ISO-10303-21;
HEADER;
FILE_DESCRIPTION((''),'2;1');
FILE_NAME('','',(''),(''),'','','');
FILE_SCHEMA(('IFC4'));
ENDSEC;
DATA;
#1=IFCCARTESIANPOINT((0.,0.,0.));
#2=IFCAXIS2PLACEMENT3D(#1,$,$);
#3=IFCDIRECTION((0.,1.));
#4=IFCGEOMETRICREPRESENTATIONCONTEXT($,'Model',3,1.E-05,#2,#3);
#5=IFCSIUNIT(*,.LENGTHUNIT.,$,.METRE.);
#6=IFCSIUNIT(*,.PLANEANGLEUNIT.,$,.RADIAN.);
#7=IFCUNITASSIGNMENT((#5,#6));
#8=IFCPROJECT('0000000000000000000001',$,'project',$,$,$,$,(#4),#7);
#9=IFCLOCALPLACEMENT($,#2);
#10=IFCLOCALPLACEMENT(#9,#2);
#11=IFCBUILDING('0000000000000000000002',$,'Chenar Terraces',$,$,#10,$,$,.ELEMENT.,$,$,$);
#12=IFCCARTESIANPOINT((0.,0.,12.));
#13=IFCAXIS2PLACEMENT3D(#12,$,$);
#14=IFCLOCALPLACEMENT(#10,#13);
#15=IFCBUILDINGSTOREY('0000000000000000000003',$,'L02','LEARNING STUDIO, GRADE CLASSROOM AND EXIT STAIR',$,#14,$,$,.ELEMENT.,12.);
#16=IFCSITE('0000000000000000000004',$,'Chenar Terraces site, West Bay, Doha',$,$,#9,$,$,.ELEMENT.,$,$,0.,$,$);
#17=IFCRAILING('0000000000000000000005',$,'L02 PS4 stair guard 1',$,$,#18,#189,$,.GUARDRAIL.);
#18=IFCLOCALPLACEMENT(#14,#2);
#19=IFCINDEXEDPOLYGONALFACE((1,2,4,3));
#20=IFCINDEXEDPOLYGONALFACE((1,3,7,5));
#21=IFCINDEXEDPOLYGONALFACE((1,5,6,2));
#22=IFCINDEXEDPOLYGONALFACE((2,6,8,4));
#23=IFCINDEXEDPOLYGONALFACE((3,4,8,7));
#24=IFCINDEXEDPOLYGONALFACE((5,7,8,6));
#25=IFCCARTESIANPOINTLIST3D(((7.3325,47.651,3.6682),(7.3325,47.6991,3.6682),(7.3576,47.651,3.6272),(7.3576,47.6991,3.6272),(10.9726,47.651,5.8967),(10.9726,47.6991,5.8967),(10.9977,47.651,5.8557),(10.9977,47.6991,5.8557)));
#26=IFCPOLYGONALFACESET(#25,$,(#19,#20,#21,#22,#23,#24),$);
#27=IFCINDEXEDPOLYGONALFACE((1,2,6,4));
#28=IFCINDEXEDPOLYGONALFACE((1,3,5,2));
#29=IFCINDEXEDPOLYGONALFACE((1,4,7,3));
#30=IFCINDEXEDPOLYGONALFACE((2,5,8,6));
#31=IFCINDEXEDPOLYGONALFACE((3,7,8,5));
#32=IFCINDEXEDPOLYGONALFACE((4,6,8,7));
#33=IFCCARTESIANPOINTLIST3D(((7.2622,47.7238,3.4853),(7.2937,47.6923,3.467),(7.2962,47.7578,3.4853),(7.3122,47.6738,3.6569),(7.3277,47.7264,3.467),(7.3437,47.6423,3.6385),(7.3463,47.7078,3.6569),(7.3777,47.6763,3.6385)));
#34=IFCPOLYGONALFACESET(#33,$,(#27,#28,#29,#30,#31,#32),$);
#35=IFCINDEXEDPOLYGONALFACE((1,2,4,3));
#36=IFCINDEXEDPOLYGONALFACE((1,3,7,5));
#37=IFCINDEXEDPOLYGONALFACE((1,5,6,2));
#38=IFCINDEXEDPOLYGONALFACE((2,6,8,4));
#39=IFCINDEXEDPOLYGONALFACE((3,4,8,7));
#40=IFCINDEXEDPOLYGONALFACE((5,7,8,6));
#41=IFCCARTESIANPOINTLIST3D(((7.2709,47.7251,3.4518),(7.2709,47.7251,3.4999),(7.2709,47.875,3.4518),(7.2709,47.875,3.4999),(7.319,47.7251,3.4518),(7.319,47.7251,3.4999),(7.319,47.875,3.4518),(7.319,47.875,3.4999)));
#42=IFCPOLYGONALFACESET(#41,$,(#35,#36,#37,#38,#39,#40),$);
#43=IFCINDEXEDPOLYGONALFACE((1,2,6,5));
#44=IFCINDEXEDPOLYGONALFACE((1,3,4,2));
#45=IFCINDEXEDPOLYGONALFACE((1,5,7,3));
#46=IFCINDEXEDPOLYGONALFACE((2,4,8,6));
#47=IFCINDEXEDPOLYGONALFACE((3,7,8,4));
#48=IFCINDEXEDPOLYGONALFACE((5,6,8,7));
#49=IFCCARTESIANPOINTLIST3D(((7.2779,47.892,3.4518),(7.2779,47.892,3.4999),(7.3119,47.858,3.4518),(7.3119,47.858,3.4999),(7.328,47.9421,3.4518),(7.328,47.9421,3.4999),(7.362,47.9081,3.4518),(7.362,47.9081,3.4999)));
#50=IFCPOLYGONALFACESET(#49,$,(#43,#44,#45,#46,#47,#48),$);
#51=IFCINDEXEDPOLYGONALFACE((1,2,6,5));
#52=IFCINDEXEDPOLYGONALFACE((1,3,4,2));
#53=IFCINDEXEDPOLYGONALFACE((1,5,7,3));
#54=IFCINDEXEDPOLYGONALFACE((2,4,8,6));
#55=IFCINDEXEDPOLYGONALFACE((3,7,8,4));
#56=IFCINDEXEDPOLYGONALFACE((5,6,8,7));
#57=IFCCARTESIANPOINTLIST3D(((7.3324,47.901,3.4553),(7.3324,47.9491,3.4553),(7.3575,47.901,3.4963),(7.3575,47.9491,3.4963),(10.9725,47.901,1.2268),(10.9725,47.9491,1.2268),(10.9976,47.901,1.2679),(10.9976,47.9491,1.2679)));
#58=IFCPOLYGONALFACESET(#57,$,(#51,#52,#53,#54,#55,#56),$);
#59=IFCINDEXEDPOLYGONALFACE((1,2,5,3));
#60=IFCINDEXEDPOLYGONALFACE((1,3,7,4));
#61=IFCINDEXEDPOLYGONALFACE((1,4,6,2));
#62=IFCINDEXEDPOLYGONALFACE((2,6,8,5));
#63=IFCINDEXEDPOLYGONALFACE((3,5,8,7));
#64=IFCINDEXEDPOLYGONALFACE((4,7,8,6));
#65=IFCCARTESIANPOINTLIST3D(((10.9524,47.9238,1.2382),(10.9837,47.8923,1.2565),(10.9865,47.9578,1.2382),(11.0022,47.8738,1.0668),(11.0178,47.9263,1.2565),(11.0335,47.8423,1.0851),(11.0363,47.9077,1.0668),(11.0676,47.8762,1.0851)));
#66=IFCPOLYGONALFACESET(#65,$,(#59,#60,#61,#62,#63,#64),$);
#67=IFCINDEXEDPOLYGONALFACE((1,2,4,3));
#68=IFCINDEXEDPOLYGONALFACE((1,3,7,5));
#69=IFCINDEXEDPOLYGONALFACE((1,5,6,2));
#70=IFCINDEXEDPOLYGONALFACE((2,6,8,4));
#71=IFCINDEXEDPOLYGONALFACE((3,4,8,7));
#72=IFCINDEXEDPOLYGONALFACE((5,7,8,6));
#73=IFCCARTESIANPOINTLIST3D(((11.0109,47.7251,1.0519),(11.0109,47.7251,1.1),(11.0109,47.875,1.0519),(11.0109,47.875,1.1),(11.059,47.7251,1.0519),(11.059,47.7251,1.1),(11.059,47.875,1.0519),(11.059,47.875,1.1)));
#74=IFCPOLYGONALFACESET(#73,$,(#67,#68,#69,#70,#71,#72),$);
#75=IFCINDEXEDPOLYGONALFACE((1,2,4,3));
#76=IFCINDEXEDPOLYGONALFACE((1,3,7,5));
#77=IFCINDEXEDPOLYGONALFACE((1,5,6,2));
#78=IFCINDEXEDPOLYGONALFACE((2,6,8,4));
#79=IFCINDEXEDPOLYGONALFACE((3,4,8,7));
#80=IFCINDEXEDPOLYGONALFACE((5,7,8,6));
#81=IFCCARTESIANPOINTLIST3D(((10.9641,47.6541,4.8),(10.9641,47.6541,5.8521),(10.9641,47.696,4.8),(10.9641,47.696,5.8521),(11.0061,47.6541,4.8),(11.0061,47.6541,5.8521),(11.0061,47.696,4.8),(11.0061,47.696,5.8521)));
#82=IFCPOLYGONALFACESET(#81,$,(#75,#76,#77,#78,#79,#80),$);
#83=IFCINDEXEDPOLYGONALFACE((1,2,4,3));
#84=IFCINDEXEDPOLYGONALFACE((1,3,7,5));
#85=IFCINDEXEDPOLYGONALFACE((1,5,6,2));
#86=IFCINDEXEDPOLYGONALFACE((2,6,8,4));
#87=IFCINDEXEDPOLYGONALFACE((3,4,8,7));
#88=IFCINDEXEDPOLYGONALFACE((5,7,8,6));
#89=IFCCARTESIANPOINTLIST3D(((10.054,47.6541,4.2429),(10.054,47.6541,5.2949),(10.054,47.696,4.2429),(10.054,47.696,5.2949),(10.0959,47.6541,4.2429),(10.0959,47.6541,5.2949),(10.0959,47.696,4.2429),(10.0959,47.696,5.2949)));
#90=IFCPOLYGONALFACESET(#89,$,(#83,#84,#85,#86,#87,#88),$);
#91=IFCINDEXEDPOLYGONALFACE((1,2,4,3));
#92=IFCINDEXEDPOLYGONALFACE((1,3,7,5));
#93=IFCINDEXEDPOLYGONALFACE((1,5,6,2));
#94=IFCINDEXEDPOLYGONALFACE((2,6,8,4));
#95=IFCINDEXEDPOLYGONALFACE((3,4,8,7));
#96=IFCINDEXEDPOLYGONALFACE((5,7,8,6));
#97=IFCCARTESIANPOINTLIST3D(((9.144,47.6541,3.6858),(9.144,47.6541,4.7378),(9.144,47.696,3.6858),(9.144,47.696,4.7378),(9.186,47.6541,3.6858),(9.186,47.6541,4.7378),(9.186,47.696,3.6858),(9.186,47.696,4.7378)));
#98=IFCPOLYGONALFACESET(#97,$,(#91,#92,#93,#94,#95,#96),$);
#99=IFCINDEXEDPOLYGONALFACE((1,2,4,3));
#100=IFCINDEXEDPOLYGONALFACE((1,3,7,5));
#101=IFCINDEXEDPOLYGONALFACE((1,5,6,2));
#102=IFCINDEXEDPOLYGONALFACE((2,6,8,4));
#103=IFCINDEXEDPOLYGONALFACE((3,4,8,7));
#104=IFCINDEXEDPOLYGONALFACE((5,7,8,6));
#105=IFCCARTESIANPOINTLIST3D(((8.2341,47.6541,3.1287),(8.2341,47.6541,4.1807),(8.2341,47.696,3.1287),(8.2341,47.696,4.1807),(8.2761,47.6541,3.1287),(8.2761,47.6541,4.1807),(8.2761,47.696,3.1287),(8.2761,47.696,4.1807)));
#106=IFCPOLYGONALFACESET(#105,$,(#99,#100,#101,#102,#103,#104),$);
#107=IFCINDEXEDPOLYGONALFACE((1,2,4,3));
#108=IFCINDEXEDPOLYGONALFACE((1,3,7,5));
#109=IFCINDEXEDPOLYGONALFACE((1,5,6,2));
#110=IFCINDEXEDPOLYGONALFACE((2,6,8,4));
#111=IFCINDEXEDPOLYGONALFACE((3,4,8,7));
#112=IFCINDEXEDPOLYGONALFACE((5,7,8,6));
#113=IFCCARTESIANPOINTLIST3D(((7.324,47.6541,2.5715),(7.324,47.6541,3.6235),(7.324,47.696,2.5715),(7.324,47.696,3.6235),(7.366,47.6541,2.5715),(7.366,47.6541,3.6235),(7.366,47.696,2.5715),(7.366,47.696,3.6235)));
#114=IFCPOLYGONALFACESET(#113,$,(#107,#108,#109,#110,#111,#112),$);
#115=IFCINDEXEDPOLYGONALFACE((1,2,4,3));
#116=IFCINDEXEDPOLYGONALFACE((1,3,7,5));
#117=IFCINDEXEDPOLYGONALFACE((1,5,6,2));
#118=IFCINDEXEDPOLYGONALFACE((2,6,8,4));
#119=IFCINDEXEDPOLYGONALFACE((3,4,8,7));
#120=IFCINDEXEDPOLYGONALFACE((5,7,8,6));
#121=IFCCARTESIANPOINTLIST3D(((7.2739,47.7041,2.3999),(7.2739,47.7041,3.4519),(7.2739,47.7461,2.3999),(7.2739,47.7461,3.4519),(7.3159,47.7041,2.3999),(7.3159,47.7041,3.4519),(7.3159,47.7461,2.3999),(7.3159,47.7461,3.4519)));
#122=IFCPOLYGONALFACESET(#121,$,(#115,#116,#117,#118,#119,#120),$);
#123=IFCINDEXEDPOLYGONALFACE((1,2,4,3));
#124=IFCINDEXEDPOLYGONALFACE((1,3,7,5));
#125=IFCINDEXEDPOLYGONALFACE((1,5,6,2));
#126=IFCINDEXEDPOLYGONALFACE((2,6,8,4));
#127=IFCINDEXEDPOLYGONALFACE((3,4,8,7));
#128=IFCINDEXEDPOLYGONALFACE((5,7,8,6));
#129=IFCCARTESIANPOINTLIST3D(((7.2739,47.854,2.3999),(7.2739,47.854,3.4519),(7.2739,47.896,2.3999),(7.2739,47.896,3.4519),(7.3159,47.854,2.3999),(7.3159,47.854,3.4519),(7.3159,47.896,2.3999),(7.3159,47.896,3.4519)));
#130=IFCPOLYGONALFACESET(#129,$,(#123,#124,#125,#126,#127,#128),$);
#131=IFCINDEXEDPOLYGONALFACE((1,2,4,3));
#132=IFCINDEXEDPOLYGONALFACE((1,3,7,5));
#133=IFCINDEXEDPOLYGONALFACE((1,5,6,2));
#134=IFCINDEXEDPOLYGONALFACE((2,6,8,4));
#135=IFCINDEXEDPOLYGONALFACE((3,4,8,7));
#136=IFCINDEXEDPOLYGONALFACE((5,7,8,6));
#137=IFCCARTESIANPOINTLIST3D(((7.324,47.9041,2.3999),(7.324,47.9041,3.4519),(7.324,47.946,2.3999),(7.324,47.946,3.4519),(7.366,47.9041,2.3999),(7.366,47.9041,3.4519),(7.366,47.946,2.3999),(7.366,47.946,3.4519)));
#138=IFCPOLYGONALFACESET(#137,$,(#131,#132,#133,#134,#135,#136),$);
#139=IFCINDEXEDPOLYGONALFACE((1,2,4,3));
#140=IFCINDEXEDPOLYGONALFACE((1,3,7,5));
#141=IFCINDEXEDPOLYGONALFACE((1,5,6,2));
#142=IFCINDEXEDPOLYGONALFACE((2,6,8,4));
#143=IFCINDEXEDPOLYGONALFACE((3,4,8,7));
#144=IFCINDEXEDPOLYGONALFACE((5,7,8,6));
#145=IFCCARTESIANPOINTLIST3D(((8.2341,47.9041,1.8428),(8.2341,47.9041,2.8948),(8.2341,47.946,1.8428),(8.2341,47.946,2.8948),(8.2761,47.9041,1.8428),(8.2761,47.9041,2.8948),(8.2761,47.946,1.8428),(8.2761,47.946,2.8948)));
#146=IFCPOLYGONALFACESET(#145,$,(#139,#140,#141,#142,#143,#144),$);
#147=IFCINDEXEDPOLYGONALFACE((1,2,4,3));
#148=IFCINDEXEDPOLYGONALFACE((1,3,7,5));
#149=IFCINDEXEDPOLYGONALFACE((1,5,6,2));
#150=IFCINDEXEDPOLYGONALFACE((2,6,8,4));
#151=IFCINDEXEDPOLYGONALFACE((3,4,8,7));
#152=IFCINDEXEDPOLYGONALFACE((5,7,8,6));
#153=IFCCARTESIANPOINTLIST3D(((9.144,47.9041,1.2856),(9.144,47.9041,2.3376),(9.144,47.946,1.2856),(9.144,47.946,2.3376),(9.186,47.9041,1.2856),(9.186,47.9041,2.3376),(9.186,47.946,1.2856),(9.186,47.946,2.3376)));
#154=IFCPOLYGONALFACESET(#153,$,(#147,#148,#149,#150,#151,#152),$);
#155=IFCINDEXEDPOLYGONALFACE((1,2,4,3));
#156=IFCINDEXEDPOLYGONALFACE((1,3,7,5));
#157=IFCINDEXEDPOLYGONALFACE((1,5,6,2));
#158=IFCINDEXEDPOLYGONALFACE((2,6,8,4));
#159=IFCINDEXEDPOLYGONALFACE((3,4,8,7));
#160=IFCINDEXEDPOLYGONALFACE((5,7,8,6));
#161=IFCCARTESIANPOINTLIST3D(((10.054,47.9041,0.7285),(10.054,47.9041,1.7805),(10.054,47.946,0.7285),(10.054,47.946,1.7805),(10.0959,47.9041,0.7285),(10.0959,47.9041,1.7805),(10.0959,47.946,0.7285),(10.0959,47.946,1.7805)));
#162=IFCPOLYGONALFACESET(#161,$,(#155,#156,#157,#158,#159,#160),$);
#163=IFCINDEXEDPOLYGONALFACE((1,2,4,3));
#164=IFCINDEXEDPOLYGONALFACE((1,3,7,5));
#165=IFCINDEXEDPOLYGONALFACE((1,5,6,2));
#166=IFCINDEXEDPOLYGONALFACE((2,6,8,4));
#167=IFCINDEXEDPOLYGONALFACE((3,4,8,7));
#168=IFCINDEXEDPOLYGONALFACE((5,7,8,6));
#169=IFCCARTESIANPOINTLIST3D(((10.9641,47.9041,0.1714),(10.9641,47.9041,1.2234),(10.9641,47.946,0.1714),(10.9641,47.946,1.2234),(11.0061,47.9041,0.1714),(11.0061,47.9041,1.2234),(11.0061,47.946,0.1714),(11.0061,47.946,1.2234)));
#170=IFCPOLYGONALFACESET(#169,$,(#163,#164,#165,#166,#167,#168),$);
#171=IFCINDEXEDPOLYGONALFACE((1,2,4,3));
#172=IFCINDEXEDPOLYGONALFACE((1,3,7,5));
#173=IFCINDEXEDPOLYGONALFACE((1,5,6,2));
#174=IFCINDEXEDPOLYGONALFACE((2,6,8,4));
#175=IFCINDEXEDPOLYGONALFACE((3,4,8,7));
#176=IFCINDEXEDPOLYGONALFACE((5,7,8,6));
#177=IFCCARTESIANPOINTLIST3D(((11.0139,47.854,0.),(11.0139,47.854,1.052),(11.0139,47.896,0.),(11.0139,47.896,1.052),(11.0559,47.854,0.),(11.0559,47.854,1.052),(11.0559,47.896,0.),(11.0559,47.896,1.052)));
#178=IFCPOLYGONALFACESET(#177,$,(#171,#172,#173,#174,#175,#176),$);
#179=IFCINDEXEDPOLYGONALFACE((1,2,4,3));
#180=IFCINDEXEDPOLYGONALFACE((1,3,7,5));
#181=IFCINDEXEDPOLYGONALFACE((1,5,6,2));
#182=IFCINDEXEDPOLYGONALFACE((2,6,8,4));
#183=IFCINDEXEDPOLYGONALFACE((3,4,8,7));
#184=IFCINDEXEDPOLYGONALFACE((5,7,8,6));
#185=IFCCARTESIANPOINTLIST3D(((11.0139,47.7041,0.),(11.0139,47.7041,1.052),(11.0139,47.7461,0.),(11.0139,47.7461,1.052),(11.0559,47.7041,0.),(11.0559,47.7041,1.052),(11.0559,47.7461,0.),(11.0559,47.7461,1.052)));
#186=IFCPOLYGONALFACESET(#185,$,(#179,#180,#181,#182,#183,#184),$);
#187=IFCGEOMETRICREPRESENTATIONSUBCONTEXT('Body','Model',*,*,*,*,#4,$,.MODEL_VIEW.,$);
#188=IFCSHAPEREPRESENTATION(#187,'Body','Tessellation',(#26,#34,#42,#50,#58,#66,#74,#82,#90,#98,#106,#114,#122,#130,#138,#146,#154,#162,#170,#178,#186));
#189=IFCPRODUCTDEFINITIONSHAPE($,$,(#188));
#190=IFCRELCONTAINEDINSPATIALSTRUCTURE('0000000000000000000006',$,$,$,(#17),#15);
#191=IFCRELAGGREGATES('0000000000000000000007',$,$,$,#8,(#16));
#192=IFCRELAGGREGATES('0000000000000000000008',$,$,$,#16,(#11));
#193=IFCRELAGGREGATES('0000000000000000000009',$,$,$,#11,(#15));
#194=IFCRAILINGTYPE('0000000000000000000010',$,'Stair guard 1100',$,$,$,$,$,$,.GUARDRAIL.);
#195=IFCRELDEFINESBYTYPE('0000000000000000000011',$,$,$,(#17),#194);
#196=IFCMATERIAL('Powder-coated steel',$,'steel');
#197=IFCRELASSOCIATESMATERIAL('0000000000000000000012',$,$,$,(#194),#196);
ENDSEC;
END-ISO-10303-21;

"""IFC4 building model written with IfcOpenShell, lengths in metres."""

from ifc_helpers import new_model, si_unit, direction, frame, origin, origin_2d, place, context, subcontext, project, spatial, rectangle, extrude, material, type_object, element, save


model = new_model("IFC4")

# Units and contexts
model_context = context("Model", 3, precision=1e-05, world=origin(), true_north=direction((0.0, 1.0)))
body_context = subcontext(model_context, "Body", "Model", "MODEL_VIEW")
ifc_project = project(units=[si_unit("LENGTHUNIT", "METRE"), si_unit("PLANEANGLEUNIT", "RADIAN")], contexts=[model_context])

# Site, building, storey
site_placement = place(None, origin())
site = spatial("IfcSite", under=ifc_project, at=site_placement, Name="Chenar Terraces site, West Bay, Doha", CompositionType="ELEMENT", RefElevation=0.0)
building_placement = place(site_placement, origin())
building = spatial("IfcBuilding", under=site, at=building_placement, Name="Chenar Terraces", CompositionType="ELEMENT")
storey_placement = place(building_placement, frame((0.0, 0.0, 12.0)))
storey = spatial("IfcBuildingStorey", under=building, at=storey_placement, Name="L02", Description="LEARNING STUDIO, GRADE CLASSROOM AND EXIT STAIR", CompositionType="ELEMENT", Elevation=12.0)

# Railing
ifc_material_1 = material(Name="Powder-coated steel", Category="steel")
railing_type_1 = type_object("IfcRailingType", Name="Stair guard 1100", PredefinedType="GUARDRAIL", material=ifc_material_1)
railing_1_placement = place(storey_placement, frame((10.9851, 47.675, 4.8)))
element("IfcRailing", 1, at=railing_1_placement, inside=storey, type_object=railing_type_1, Name="L02 PS4 stair guard 1", PredefinedType="GUARDRAIL", context=body_context, shape_type="SweptSolid", body=[
    extrude(rectangle(XDim=0.0481, YDim=0.0481, at=origin_2d()), frame((0.0, 0.0, 1.0762), z_axis=(-0.852866, 0.0, -0.52213), x_axis=(0.0, -1.0, 0.0)), (0.0, 0.0, 1.0), 4.2681),
    extrude(rectangle(XDim=0.0481, YDim=0.0481, at=origin_2d()), frame((-3.6401, 0.0, -1.1523), z_axis=(-0.269583, 0.269583, -0.924473), x_axis=(-0.707107, -0.707107, 0.0)), (0.0, 0.0, 1.0), 0.1855),
    extrude(rectangle(XDim=0.0481, YDim=0.0481, at=origin_2d()), frame((-3.6902, 0.05, -1.3242), z_axis=(0.0, 1.0, 0.0), x_axis=(-1.0, 0.0, 0.0)), (0.0, 0.0, 1.0), 0.1499),
    extrude(rectangle(XDim=0.0481, YDim=0.0481, at=origin_2d()), frame((-3.6902, 0.2, -1.3242), z_axis=(0.707107, 0.707107, 0.0), x_axis=(-0.707107, 0.707107, 0.0)), (0.0, 0.0, 1.0), 0.0708),
    extrude(rectangle(XDim=0.0481, YDim=0.0481, at=origin_2d()), frame((-3.6401, 0.25, -1.3242), z_axis=(0.852866, 0.0, -0.52213), x_axis=(0.0, 1.0, 0.0)), (0.0, 0.0, 1.0), 4.2681),
    extrude(rectangle(XDim=0.0481, YDim=0.0481, at=origin_2d()), frame((0.0, 0.25, -3.5527), z_axis=(0.26869, -0.270007, -0.924609), x_axis=(0.708834, 0.705376, 0.0)), (0.0, 0.0, 1.0), 0.1853),
    extrude(rectangle(XDim=0.0481, YDim=0.0481, at=origin_2d()), frame((0.0498, 0.2, -3.7241), z_axis=(0.0, -1.0, 0.0), x_axis=(1.0, 0.0, 0.0)), (0.0, 0.0, 1.0), 0.1499),
    extrude(rectangle(XDim=0.042, YDim=0.042, at=origin_2d()), origin(), (0.0, 0.0, 1.0), 1.052),
    extrude(rectangle(XDim=0.042, YDim=0.042, at=origin_2d()), frame((-0.9102, 0.0, -0.5571)), (0.0, 0.0, 1.0), 1.052),
    extrude(rectangle(XDim=0.042, YDim=0.042, at=origin_2d()), frame((-1.8201, 0.0, -1.1143)), (0.0, 0.0, 1.0), 1.052),
    extrude(rectangle(XDim=0.042, YDim=0.042, at=origin_2d()), frame((-2.73, 0.0, -1.6714)), (0.0, 0.0, 1.0), 1.052),
    extrude(rectangle(XDim=0.042, YDim=0.042, at=origin_2d()), frame((-3.6401, 0.0, -2.2285)), (0.0, 0.0, 1.0), 1.052),
    extrude(rectangle(XDim=0.042, YDim=0.042, at=origin_2d()), frame((-3.6902, 0.05, -2.4001)), (0.0, 0.0, 1.0), 1.052),
    extrude(rectangle(XDim=0.042, YDim=0.042, at=origin_2d()), frame((-3.6902, 0.2, -2.4001)), (0.0, 0.0, 1.0), 1.052),
    extrude(rectangle(XDim=0.042, YDim=0.042, at=origin_2d()), frame((-3.6401, 0.25, -2.4001)), (0.0, 0.0, 1.0), 1.052),
    extrude(rectangle(XDim=0.042, YDim=0.042, at=origin_2d()), frame((-2.73, 0.25, -2.9573)), (0.0, 0.0, 1.0), 1.052),
    extrude(rectangle(XDim=0.042, YDim=0.042, at=origin_2d()), frame((-1.8201, 0.25, -3.5144)), (0.0, 0.0, 1.0), 1.052),
    extrude(rectangle(XDim=0.042, YDim=0.042, at=origin_2d()), frame((-0.9102, 0.25, -4.0715)), (0.0, 0.0, 1.0), 1.052),
    extrude(rectangle(XDim=0.042, YDim=0.042, at=origin_2d()), frame((0.0, 0.25, -4.6287)), (0.0, 0.0, 1.0), 1.052),
    extrude(rectangle(XDim=0.042, YDim=0.042, at=origin_2d()), frame((0.0498, 0.2, -4.8)), (0.0, 0.0, 1.0), 1.052),
    extrude(rectangle(XDim=0.042, YDim=0.042, at=origin_2d()), frame((0.0498, 0.05, -4.8)), (0.0, 0.0, 1.0), 1.052),
])

save(model, "model.ifc")
